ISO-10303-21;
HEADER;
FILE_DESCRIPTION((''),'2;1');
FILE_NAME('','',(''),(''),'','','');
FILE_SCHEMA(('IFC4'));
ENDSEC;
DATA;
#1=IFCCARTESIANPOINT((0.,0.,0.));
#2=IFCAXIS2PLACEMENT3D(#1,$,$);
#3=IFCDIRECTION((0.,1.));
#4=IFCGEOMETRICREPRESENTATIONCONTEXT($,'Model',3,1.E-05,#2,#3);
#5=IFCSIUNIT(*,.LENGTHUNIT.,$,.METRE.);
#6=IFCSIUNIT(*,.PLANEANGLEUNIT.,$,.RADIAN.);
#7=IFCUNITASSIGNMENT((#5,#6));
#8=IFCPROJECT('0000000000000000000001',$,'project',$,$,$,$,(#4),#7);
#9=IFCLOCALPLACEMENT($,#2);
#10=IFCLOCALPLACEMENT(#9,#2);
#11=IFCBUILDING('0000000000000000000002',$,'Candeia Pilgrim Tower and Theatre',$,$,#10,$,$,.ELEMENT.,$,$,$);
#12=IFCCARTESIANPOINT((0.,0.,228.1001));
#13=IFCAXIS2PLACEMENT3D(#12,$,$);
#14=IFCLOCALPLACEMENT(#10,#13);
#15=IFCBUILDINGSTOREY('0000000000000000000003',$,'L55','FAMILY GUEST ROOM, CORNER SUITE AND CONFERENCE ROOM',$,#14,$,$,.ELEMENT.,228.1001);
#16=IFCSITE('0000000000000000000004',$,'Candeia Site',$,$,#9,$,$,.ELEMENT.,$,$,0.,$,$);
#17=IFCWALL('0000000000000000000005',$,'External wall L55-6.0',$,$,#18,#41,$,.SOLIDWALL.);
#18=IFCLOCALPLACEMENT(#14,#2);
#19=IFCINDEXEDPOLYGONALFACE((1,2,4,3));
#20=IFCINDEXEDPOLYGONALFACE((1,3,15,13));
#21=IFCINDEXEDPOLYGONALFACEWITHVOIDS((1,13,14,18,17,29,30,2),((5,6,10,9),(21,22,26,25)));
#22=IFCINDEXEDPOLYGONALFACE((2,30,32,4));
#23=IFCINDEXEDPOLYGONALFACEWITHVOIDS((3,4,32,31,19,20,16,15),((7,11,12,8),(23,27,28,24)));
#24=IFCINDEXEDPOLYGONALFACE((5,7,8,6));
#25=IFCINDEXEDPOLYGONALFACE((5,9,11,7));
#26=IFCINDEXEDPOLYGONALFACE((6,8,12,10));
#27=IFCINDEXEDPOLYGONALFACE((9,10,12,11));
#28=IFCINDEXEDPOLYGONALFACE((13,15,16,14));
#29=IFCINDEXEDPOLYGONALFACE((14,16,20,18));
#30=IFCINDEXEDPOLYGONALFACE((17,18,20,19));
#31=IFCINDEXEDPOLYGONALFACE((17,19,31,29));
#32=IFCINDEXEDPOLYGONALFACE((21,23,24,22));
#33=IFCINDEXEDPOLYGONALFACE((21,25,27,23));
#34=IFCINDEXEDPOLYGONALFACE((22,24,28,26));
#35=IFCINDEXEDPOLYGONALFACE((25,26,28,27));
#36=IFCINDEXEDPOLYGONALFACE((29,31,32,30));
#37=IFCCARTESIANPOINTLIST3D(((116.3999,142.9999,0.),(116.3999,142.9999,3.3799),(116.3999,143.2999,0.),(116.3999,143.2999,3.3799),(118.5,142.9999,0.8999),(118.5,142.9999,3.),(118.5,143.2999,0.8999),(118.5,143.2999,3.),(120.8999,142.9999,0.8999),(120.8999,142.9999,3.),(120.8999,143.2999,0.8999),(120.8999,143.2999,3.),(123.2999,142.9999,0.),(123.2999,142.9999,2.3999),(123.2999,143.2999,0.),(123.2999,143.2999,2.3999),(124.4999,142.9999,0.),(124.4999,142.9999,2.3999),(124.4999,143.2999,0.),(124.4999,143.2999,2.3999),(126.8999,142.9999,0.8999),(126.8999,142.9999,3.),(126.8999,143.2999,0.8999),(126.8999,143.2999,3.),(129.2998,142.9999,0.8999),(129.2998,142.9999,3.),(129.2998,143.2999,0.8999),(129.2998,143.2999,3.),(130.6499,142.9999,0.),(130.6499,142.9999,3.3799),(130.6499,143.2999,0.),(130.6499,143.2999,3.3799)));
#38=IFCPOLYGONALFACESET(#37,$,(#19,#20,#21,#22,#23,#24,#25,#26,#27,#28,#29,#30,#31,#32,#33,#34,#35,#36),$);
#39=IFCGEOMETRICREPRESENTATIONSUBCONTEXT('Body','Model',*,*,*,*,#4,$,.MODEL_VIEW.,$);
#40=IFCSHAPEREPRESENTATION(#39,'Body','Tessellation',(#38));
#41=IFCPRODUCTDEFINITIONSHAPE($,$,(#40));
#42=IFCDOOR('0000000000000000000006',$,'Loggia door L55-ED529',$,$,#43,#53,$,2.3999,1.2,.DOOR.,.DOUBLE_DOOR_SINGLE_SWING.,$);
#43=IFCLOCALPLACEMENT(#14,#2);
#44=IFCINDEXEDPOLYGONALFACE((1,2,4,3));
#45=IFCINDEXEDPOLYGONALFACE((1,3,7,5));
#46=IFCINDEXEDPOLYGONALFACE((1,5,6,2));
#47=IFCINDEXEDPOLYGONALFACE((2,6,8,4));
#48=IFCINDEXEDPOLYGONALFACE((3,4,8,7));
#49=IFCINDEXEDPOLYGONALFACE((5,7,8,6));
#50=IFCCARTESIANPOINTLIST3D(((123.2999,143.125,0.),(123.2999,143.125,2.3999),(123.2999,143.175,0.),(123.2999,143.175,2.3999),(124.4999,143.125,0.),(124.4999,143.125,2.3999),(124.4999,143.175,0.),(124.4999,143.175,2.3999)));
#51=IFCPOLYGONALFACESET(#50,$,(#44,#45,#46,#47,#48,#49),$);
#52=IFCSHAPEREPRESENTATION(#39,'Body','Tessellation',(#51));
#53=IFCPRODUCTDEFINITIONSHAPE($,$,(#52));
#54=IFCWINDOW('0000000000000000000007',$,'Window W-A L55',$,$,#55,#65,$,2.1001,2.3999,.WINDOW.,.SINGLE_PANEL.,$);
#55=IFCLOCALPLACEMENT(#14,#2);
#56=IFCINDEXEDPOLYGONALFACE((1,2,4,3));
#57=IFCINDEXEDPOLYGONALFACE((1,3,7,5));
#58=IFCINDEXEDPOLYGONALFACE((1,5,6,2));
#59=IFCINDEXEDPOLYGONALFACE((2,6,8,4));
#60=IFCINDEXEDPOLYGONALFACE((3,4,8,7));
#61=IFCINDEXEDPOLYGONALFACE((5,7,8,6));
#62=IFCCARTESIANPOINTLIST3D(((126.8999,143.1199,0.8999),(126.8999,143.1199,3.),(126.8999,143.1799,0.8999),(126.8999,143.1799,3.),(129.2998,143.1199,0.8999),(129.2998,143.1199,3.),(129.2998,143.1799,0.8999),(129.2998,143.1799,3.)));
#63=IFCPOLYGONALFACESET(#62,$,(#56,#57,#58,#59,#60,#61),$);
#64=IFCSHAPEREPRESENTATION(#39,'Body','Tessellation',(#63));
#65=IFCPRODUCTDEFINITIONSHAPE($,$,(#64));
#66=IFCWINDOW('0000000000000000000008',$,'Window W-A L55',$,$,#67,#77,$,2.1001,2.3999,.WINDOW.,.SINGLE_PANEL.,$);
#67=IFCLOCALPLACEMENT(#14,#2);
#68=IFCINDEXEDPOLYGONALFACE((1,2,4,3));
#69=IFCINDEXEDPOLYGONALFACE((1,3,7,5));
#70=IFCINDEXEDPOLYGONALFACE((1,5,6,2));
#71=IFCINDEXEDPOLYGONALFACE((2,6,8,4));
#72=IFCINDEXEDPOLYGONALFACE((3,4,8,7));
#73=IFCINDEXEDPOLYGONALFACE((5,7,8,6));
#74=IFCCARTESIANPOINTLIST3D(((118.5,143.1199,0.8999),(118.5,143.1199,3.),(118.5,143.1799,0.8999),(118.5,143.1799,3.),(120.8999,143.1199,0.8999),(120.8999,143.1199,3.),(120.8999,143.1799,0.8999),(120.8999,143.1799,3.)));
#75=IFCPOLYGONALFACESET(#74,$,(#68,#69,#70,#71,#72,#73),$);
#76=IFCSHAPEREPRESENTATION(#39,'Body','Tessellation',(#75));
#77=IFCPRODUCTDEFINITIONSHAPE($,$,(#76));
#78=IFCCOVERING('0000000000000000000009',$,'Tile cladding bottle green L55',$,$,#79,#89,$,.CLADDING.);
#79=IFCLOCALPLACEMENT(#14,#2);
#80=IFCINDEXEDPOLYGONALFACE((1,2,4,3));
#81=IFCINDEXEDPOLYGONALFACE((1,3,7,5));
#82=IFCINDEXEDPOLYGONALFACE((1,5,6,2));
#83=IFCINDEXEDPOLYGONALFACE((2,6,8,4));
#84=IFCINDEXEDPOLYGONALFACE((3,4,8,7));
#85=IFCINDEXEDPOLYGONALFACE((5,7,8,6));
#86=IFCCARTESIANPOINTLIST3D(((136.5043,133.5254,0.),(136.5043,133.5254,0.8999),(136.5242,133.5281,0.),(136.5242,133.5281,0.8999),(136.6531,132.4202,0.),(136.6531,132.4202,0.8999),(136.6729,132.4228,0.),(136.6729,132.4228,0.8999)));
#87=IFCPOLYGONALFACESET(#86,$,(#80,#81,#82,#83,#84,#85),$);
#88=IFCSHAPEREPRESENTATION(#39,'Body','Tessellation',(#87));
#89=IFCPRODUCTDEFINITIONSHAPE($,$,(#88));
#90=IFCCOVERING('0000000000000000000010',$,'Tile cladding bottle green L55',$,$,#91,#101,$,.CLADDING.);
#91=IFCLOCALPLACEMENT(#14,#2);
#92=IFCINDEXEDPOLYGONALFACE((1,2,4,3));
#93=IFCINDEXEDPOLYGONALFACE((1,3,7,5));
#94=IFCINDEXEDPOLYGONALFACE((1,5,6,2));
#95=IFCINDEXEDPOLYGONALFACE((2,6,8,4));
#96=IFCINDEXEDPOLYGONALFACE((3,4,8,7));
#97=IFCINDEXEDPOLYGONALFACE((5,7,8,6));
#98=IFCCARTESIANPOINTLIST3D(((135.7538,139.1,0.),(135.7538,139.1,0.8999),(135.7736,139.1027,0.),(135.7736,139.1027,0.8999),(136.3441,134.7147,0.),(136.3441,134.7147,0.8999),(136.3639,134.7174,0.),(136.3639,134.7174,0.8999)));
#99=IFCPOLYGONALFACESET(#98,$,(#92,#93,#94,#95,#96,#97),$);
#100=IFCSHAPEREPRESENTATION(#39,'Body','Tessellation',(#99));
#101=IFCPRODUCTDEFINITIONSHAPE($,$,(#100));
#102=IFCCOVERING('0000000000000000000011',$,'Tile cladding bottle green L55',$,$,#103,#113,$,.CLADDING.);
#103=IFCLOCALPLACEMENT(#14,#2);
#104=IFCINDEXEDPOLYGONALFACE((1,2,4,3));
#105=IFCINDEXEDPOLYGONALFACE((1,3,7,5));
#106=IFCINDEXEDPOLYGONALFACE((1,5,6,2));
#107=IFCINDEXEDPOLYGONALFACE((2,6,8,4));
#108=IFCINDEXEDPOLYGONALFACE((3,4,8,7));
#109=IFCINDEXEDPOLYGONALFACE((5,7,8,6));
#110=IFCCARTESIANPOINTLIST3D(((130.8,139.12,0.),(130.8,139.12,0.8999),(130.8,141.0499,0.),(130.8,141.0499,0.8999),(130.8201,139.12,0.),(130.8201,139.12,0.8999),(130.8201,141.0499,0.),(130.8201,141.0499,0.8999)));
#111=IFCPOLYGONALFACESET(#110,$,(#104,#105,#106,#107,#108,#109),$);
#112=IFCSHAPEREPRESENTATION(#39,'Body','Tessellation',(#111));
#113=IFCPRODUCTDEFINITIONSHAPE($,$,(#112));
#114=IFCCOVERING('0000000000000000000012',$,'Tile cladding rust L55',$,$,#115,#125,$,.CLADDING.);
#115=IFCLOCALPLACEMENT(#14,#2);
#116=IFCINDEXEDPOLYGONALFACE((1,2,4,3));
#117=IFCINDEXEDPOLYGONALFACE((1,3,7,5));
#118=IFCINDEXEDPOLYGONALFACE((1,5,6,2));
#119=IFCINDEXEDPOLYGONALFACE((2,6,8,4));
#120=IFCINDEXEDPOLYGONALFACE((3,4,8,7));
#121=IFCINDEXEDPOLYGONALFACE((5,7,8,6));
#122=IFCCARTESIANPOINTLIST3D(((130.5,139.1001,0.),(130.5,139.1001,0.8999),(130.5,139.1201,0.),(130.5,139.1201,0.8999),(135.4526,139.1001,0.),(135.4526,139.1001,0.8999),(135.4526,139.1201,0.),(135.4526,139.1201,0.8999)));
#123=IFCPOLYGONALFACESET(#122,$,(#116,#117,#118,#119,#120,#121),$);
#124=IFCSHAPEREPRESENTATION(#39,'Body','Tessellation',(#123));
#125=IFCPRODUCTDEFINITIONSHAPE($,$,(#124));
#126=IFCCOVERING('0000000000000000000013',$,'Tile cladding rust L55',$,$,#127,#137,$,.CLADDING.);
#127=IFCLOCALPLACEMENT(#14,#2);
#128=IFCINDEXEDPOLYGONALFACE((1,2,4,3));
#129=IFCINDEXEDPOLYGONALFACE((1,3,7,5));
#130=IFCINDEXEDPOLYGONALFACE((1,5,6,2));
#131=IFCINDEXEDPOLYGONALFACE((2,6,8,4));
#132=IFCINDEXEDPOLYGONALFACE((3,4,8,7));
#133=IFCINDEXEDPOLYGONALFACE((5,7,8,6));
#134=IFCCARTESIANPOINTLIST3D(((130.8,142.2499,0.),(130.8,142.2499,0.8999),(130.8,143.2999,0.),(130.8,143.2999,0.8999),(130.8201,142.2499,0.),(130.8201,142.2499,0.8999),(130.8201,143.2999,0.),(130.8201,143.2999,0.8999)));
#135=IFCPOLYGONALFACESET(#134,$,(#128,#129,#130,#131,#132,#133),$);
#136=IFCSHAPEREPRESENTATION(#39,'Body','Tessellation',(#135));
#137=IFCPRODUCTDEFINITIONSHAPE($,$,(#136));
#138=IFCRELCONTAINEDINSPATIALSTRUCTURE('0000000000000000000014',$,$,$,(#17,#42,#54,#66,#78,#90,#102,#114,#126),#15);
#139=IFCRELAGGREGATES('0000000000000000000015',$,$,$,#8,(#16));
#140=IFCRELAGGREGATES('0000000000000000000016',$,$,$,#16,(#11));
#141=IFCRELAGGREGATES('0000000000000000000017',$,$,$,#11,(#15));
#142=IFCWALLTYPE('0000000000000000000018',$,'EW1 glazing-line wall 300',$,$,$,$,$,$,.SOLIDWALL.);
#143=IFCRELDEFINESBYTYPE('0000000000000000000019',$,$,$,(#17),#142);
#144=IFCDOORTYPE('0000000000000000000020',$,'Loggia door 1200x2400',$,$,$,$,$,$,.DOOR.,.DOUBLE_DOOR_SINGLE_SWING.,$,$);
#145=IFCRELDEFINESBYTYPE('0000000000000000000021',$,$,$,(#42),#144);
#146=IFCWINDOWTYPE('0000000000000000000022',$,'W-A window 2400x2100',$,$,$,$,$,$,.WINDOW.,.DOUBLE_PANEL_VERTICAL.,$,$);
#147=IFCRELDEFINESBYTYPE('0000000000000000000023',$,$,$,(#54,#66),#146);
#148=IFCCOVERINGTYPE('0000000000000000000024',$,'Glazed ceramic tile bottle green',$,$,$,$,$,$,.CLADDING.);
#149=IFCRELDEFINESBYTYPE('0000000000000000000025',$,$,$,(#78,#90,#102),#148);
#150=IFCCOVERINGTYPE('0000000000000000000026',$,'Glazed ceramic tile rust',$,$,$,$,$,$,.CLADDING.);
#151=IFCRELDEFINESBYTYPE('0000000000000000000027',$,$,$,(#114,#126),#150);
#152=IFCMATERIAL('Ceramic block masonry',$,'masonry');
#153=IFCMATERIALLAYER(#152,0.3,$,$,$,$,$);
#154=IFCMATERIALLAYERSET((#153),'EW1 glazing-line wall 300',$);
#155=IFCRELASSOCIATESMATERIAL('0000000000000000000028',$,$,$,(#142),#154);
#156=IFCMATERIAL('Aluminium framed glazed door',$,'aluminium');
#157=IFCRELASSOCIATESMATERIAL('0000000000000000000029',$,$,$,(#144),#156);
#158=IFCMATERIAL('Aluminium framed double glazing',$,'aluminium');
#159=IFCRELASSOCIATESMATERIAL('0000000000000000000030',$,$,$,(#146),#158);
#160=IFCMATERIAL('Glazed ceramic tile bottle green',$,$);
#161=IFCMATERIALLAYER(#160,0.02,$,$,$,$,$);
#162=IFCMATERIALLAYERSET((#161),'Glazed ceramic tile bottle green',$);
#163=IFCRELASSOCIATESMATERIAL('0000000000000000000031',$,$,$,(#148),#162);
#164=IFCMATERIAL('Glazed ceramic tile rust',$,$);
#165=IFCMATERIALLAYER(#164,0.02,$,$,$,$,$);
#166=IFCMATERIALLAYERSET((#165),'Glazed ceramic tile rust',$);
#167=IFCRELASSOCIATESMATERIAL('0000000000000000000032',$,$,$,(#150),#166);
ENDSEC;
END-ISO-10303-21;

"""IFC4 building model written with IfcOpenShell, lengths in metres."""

from ifc_helpers import new_model, si_unit, direction, frame, frame_2d, origin, origin_2d, place, context, subcontext, project, spatial, rectangle, extrude, material, layer, layer_set, type_object, element, fill, save


model = new_model("IFC4")

# Units and contexts
model_context = context("Model", 3, precision=1e-05, world=origin(), true_north=direction((0.0, 1.0)))
body_context = subcontext(model_context, "Body", "Model", "MODEL_VIEW")
ifc_project = project(units=[si_unit("LENGTHUNIT", "METRE"), si_unit("PLANEANGLEUNIT", "RADIAN")], contexts=[model_context])

# Site, building, storey
site_placement = place(None, origin())
site = spatial("IfcSite", under=ifc_project, at=site_placement, Name="Candeia Site", CompositionType="ELEMENT", RefElevation=0.0)
building_placement = place(site_placement, origin())
building = spatial("IfcBuilding", under=site, at=building_placement, Name="Candeia Pilgrim Tower and Theatre", CompositionType="ELEMENT")
storey_placement = place(building_placement, frame((0.0, 0.0, 228.1001)))
storey = spatial("IfcBuildingStorey", under=building, at=storey_placement, Name="L55", Description="FAMILY GUEST ROOM, CORNER SUITE AND CONFERENCE ROOM", CompositionType="ELEMENT", Elevation=228.1001)

# Shared definitions
ifc_material_1 = material(Name="Ceramic block masonry", Category="masonry")
ifc_layer_1 = layer(ifc_material_1, 0.3)
ifc_layer_set_1 = layer_set([ifc_layer_1], Name="EW1 glazing-line wall 300")
wall_type = type_object("IfcWallType", Name="EW1 glazing-line wall 300", PredefinedType="SOLIDWALL", material=ifc_layer_set_1)
ifc_material_2 = material(Name="Aluminium framed glazed door", Category="aluminium")
door_type = type_object("IfcDoorType", Name="Loggia door 1200x2400", OperationType="DOUBLE_DOOR_SINGLE_SWING", PredefinedType="DOOR", material=ifc_material_2)
ifc_material_3 = material(Name="Aluminium framed double glazing", Category="aluminium")
window_type = type_object("IfcWindowType", Name="W-A window 2400x2100", PartitioningType="DOUBLE_PANEL_VERTICAL", PredefinedType="WINDOW", material=ifc_material_3)

# Wall, openings, door, windows
wall_1_placement = place(storey_placement, frame((130.6499, 143.1499, 0.0), z_axis=(0.0, 0.0, 1.0), x_axis=(-1.0, 0.0, 0.0)))
wall_1 = element("IfcWall", 1, at=wall_1_placement, inside=storey, type_object=wall_type, Name="External wall L55-6.0", PredefinedType="SOLIDWALL", context=body_context, shape_type="SweptSolid", body=[
    extrude(rectangle(XDim=14.25, YDim=0.3, at=frame_2d((7.125, 0.0))), origin(), (0.0, 0.0, 1.0), 3.3799),
])
opening_1_placement = place(wall_1_placement, frame((1.3501, 0.0, 0.8999)))
opening_1 = element("IfcOpeningElement", 2, at=opening_1_placement, cuts=wall_1, PredefinedType="OPENING", context=body_context, shape_type="SweptSolid", body=[
    extrude(rectangle(XDim=2.3999, YDim=2.1001, at=frame_2d((1.2, 1.05))), frame((0.0, 0.1602, 0.0), z_axis=(0.0, -1.0, 0.0), x_axis=(1.0, 0.0, 0.0)), (0.0, 0.0, 1.0), 0.3201),
])
opening_2_placement = place(wall_1_placement, frame((6.1499, 0.0, 0.0)))
opening_2 = element("IfcOpeningElement", 3, at=opening_2_placement, cuts=wall_1, PredefinedType="OPENING", context=body_context, shape_type="SweptSolid", body=[
    extrude(rectangle(XDim=1.2, YDim=2.3999, at=frame_2d((0.6001, 1.2))), frame((0.0, 0.1602, 0.0), z_axis=(0.0, -1.0, 0.0), x_axis=(1.0, 0.0, 0.0)), (0.0, 0.0, 1.0), 0.3201),
])
opening_3_placement = place(wall_1_placement, frame((9.75, 0.0, 0.8999)))
opening_3 = element("IfcOpeningElement", 4, at=opening_3_placement, cuts=wall_1, PredefinedType="OPENING", context=body_context, shape_type="SweptSolid", body=[
    extrude(rectangle(XDim=2.3999, YDim=2.1001, at=frame_2d((1.2, 1.05))), frame((0.0, 0.1602, 0.0), z_axis=(0.0, -1.0, 0.0), x_axis=(1.0, 0.0, 0.0)), (0.0, 0.0, 1.0), 0.3201),
])
door_1_placement = place(opening_2_placement, origin())
door_1 = element("IfcDoor", 5, at=door_1_placement, inside=storey, type_object=door_type, Name="Loggia door L55-ED529", OperationType="DOUBLE_DOOR_SINGLE_SWING", OverallHeight=2.3999, OverallWidth=1.2, PredefinedType="DOOR", context=body_context, shape_type="SweptSolid", body=[
    extrude(rectangle(XDim=1.2, YDim=2.3999, at=frame_2d((0.6001, 1.2))), frame((0.0, 0.0249, 0.0), z_axis=(0.0, -1.0, 0.0), x_axis=(1.0, 0.0, 0.0)), (0.0, 0.0, 1.0), 0.05),
])
fill(opening_2, door_1)
window_1_placement = place(opening_1_placement, origin())
window_1 = element("IfcWindow", 6, at=window_1_placement, inside=storey, type_object=window_type, Name="Window W-A L55", OverallHeight=2.1001, OverallWidth=2.3999, PartitioningType="SINGLE_PANEL", PredefinedType="WINDOW", context=body_context, shape_type="SweptSolid", body=[
    extrude(rectangle(XDim=2.3999, YDim=2.1001, at=frame_2d((1.2, 1.05))), frame((0.0, 0.03, 0.0), z_axis=(0.0, -1.0, 0.0), x_axis=(1.0, 0.0, 0.0)), (0.0, 0.0, 1.0), 0.0601),
])
fill(opening_1, window_1)
window_2_placement = place(opening_3_placement, origin())
window_2 = element("IfcWindow", 7, at=window_2_placement, inside=storey, type_object=window_type, Name="Window W-A L55", OverallHeight=2.1001, OverallWidth=2.3999, PartitioningType="SINGLE_PANEL", PredefinedType="WINDOW", context=body_context, shape_type="SweptSolid", body=[
    extrude(rectangle(XDim=2.3999, YDim=2.1001, at=frame_2d((1.2, 1.05))), frame((0.0, 0.03, 0.0), z_axis=(0.0, -1.0, 0.0), x_axis=(1.0, 0.0, 0.0)), (0.0, 0.0, 1.0), 0.0601),
])
fill(opening_3, window_2)

# Coverings
ifc_material_4 = material(Name="Glazed ceramic tile bottle green")
ifc_layer_2 = layer(ifc_material_4, 0.02)
ifc_layer_set_2 = layer_set([ifc_layer_2], Name="Glazed ceramic tile bottle green")
covering_type_1 = type_object("IfcCoveringType", Name="Glazed ceramic tile bottle green", PredefinedType="CLADDING", material=ifc_layer_set_2)
covering_1_placement = place(storey_placement, frame((136.5886, 132.9741, 0.0), z_axis=(0.0, 0.0, 1.0), x_axis=(-0.133412, 0.991061, 0.0)))
element("IfcCovering", 8, at=covering_1_placement, inside=storey, type_object=covering_type_1, Name="Tile cladding bottle green L55", PredefinedType="CLADDING", context=body_context, shape_type="SweptSolid", body=[
    extrude(rectangle(XDim=1.1152, YDim=0.02, at=origin_2d()), origin(), (0.0, 0.0, 1.0), 0.8999),
])
covering_2_placement = place(storey_placement, frame((136.0588, 136.9087, 0.0), z_axis=(0.0, 0.0, 1.0), x_axis=(-0.133412, 0.991061, 0.0)))
element("IfcCovering", 9, at=covering_2_placement, inside=storey, type_object=covering_type_1, Name="Tile cladding bottle green L55", PredefinedType="CLADDING", context=body_context, shape_type="SweptSolid", body=[
    extrude(rectangle(XDim=4.4248, YDim=0.02, at=origin_2d()), origin(), (0.0, 0.0, 1.0), 0.8999),
])
covering_3_placement = place(storey_placement, frame((130.8101, 140.085, 0.0), z_axis=(0.0, 0.0, 1.0), x_axis=(0.0, 1.0, 0.0)))
element("IfcCovering", 10, at=covering_3_placement, inside=storey, type_object=covering_type_1, Name="Tile cladding bottle green L55", PredefinedType="CLADDING", context=body_context, shape_type="SweptSolid", body=[
    extrude(rectangle(XDim=1.9299, YDim=0.02, at=origin_2d()), origin(), (0.0, 0.0, 1.0), 0.8999),
])
ifc_material_5 = material(Name="Glazed ceramic tile rust")
ifc_layer_3 = layer(ifc_material_5, 0.02)
ifc_layer_set_3 = layer_set([ifc_layer_3], Name="Glazed ceramic tile rust")
covering_type_2 = type_object("IfcCoveringType", Name="Glazed ceramic tile rust", PredefinedType="CLADDING", material=ifc_layer_set_3)
covering_4_placement = place(storey_placement, frame((132.9763, 139.1101, 0.0), z_axis=(0.0, 0.0, 1.0), x_axis=(-1.0, 0.0, 0.0)))
element("IfcCovering", 11, at=covering_4_placement, inside=storey, type_object=covering_type_2, Name="Tile cladding rust L55", PredefinedType="CLADDING", context=body_context, shape_type="SweptSolid", body=[
    extrude(rectangle(XDim=4.9526, YDim=0.02, at=origin_2d()), origin(), (0.0, 0.0, 1.0), 0.8999),
])
covering_5_placement = place(storey_placement, frame((130.8101, 142.7749, 0.0), z_axis=(0.0, 0.0, 1.0), x_axis=(0.0, 1.0, 0.0)))
element("IfcCovering", 12, at=covering_5_placement, inside=storey, type_object=covering_type_2, Name="Tile cladding rust L55", PredefinedType="CLADDING", context=body_context, shape_type="SweptSolid", body=[
    extrude(rectangle(XDim=1.05, YDim=0.02, at=origin_2d()), origin(), (0.0, 0.0, 1.0), 0.8999),
])

save(model, "model.ifc")
